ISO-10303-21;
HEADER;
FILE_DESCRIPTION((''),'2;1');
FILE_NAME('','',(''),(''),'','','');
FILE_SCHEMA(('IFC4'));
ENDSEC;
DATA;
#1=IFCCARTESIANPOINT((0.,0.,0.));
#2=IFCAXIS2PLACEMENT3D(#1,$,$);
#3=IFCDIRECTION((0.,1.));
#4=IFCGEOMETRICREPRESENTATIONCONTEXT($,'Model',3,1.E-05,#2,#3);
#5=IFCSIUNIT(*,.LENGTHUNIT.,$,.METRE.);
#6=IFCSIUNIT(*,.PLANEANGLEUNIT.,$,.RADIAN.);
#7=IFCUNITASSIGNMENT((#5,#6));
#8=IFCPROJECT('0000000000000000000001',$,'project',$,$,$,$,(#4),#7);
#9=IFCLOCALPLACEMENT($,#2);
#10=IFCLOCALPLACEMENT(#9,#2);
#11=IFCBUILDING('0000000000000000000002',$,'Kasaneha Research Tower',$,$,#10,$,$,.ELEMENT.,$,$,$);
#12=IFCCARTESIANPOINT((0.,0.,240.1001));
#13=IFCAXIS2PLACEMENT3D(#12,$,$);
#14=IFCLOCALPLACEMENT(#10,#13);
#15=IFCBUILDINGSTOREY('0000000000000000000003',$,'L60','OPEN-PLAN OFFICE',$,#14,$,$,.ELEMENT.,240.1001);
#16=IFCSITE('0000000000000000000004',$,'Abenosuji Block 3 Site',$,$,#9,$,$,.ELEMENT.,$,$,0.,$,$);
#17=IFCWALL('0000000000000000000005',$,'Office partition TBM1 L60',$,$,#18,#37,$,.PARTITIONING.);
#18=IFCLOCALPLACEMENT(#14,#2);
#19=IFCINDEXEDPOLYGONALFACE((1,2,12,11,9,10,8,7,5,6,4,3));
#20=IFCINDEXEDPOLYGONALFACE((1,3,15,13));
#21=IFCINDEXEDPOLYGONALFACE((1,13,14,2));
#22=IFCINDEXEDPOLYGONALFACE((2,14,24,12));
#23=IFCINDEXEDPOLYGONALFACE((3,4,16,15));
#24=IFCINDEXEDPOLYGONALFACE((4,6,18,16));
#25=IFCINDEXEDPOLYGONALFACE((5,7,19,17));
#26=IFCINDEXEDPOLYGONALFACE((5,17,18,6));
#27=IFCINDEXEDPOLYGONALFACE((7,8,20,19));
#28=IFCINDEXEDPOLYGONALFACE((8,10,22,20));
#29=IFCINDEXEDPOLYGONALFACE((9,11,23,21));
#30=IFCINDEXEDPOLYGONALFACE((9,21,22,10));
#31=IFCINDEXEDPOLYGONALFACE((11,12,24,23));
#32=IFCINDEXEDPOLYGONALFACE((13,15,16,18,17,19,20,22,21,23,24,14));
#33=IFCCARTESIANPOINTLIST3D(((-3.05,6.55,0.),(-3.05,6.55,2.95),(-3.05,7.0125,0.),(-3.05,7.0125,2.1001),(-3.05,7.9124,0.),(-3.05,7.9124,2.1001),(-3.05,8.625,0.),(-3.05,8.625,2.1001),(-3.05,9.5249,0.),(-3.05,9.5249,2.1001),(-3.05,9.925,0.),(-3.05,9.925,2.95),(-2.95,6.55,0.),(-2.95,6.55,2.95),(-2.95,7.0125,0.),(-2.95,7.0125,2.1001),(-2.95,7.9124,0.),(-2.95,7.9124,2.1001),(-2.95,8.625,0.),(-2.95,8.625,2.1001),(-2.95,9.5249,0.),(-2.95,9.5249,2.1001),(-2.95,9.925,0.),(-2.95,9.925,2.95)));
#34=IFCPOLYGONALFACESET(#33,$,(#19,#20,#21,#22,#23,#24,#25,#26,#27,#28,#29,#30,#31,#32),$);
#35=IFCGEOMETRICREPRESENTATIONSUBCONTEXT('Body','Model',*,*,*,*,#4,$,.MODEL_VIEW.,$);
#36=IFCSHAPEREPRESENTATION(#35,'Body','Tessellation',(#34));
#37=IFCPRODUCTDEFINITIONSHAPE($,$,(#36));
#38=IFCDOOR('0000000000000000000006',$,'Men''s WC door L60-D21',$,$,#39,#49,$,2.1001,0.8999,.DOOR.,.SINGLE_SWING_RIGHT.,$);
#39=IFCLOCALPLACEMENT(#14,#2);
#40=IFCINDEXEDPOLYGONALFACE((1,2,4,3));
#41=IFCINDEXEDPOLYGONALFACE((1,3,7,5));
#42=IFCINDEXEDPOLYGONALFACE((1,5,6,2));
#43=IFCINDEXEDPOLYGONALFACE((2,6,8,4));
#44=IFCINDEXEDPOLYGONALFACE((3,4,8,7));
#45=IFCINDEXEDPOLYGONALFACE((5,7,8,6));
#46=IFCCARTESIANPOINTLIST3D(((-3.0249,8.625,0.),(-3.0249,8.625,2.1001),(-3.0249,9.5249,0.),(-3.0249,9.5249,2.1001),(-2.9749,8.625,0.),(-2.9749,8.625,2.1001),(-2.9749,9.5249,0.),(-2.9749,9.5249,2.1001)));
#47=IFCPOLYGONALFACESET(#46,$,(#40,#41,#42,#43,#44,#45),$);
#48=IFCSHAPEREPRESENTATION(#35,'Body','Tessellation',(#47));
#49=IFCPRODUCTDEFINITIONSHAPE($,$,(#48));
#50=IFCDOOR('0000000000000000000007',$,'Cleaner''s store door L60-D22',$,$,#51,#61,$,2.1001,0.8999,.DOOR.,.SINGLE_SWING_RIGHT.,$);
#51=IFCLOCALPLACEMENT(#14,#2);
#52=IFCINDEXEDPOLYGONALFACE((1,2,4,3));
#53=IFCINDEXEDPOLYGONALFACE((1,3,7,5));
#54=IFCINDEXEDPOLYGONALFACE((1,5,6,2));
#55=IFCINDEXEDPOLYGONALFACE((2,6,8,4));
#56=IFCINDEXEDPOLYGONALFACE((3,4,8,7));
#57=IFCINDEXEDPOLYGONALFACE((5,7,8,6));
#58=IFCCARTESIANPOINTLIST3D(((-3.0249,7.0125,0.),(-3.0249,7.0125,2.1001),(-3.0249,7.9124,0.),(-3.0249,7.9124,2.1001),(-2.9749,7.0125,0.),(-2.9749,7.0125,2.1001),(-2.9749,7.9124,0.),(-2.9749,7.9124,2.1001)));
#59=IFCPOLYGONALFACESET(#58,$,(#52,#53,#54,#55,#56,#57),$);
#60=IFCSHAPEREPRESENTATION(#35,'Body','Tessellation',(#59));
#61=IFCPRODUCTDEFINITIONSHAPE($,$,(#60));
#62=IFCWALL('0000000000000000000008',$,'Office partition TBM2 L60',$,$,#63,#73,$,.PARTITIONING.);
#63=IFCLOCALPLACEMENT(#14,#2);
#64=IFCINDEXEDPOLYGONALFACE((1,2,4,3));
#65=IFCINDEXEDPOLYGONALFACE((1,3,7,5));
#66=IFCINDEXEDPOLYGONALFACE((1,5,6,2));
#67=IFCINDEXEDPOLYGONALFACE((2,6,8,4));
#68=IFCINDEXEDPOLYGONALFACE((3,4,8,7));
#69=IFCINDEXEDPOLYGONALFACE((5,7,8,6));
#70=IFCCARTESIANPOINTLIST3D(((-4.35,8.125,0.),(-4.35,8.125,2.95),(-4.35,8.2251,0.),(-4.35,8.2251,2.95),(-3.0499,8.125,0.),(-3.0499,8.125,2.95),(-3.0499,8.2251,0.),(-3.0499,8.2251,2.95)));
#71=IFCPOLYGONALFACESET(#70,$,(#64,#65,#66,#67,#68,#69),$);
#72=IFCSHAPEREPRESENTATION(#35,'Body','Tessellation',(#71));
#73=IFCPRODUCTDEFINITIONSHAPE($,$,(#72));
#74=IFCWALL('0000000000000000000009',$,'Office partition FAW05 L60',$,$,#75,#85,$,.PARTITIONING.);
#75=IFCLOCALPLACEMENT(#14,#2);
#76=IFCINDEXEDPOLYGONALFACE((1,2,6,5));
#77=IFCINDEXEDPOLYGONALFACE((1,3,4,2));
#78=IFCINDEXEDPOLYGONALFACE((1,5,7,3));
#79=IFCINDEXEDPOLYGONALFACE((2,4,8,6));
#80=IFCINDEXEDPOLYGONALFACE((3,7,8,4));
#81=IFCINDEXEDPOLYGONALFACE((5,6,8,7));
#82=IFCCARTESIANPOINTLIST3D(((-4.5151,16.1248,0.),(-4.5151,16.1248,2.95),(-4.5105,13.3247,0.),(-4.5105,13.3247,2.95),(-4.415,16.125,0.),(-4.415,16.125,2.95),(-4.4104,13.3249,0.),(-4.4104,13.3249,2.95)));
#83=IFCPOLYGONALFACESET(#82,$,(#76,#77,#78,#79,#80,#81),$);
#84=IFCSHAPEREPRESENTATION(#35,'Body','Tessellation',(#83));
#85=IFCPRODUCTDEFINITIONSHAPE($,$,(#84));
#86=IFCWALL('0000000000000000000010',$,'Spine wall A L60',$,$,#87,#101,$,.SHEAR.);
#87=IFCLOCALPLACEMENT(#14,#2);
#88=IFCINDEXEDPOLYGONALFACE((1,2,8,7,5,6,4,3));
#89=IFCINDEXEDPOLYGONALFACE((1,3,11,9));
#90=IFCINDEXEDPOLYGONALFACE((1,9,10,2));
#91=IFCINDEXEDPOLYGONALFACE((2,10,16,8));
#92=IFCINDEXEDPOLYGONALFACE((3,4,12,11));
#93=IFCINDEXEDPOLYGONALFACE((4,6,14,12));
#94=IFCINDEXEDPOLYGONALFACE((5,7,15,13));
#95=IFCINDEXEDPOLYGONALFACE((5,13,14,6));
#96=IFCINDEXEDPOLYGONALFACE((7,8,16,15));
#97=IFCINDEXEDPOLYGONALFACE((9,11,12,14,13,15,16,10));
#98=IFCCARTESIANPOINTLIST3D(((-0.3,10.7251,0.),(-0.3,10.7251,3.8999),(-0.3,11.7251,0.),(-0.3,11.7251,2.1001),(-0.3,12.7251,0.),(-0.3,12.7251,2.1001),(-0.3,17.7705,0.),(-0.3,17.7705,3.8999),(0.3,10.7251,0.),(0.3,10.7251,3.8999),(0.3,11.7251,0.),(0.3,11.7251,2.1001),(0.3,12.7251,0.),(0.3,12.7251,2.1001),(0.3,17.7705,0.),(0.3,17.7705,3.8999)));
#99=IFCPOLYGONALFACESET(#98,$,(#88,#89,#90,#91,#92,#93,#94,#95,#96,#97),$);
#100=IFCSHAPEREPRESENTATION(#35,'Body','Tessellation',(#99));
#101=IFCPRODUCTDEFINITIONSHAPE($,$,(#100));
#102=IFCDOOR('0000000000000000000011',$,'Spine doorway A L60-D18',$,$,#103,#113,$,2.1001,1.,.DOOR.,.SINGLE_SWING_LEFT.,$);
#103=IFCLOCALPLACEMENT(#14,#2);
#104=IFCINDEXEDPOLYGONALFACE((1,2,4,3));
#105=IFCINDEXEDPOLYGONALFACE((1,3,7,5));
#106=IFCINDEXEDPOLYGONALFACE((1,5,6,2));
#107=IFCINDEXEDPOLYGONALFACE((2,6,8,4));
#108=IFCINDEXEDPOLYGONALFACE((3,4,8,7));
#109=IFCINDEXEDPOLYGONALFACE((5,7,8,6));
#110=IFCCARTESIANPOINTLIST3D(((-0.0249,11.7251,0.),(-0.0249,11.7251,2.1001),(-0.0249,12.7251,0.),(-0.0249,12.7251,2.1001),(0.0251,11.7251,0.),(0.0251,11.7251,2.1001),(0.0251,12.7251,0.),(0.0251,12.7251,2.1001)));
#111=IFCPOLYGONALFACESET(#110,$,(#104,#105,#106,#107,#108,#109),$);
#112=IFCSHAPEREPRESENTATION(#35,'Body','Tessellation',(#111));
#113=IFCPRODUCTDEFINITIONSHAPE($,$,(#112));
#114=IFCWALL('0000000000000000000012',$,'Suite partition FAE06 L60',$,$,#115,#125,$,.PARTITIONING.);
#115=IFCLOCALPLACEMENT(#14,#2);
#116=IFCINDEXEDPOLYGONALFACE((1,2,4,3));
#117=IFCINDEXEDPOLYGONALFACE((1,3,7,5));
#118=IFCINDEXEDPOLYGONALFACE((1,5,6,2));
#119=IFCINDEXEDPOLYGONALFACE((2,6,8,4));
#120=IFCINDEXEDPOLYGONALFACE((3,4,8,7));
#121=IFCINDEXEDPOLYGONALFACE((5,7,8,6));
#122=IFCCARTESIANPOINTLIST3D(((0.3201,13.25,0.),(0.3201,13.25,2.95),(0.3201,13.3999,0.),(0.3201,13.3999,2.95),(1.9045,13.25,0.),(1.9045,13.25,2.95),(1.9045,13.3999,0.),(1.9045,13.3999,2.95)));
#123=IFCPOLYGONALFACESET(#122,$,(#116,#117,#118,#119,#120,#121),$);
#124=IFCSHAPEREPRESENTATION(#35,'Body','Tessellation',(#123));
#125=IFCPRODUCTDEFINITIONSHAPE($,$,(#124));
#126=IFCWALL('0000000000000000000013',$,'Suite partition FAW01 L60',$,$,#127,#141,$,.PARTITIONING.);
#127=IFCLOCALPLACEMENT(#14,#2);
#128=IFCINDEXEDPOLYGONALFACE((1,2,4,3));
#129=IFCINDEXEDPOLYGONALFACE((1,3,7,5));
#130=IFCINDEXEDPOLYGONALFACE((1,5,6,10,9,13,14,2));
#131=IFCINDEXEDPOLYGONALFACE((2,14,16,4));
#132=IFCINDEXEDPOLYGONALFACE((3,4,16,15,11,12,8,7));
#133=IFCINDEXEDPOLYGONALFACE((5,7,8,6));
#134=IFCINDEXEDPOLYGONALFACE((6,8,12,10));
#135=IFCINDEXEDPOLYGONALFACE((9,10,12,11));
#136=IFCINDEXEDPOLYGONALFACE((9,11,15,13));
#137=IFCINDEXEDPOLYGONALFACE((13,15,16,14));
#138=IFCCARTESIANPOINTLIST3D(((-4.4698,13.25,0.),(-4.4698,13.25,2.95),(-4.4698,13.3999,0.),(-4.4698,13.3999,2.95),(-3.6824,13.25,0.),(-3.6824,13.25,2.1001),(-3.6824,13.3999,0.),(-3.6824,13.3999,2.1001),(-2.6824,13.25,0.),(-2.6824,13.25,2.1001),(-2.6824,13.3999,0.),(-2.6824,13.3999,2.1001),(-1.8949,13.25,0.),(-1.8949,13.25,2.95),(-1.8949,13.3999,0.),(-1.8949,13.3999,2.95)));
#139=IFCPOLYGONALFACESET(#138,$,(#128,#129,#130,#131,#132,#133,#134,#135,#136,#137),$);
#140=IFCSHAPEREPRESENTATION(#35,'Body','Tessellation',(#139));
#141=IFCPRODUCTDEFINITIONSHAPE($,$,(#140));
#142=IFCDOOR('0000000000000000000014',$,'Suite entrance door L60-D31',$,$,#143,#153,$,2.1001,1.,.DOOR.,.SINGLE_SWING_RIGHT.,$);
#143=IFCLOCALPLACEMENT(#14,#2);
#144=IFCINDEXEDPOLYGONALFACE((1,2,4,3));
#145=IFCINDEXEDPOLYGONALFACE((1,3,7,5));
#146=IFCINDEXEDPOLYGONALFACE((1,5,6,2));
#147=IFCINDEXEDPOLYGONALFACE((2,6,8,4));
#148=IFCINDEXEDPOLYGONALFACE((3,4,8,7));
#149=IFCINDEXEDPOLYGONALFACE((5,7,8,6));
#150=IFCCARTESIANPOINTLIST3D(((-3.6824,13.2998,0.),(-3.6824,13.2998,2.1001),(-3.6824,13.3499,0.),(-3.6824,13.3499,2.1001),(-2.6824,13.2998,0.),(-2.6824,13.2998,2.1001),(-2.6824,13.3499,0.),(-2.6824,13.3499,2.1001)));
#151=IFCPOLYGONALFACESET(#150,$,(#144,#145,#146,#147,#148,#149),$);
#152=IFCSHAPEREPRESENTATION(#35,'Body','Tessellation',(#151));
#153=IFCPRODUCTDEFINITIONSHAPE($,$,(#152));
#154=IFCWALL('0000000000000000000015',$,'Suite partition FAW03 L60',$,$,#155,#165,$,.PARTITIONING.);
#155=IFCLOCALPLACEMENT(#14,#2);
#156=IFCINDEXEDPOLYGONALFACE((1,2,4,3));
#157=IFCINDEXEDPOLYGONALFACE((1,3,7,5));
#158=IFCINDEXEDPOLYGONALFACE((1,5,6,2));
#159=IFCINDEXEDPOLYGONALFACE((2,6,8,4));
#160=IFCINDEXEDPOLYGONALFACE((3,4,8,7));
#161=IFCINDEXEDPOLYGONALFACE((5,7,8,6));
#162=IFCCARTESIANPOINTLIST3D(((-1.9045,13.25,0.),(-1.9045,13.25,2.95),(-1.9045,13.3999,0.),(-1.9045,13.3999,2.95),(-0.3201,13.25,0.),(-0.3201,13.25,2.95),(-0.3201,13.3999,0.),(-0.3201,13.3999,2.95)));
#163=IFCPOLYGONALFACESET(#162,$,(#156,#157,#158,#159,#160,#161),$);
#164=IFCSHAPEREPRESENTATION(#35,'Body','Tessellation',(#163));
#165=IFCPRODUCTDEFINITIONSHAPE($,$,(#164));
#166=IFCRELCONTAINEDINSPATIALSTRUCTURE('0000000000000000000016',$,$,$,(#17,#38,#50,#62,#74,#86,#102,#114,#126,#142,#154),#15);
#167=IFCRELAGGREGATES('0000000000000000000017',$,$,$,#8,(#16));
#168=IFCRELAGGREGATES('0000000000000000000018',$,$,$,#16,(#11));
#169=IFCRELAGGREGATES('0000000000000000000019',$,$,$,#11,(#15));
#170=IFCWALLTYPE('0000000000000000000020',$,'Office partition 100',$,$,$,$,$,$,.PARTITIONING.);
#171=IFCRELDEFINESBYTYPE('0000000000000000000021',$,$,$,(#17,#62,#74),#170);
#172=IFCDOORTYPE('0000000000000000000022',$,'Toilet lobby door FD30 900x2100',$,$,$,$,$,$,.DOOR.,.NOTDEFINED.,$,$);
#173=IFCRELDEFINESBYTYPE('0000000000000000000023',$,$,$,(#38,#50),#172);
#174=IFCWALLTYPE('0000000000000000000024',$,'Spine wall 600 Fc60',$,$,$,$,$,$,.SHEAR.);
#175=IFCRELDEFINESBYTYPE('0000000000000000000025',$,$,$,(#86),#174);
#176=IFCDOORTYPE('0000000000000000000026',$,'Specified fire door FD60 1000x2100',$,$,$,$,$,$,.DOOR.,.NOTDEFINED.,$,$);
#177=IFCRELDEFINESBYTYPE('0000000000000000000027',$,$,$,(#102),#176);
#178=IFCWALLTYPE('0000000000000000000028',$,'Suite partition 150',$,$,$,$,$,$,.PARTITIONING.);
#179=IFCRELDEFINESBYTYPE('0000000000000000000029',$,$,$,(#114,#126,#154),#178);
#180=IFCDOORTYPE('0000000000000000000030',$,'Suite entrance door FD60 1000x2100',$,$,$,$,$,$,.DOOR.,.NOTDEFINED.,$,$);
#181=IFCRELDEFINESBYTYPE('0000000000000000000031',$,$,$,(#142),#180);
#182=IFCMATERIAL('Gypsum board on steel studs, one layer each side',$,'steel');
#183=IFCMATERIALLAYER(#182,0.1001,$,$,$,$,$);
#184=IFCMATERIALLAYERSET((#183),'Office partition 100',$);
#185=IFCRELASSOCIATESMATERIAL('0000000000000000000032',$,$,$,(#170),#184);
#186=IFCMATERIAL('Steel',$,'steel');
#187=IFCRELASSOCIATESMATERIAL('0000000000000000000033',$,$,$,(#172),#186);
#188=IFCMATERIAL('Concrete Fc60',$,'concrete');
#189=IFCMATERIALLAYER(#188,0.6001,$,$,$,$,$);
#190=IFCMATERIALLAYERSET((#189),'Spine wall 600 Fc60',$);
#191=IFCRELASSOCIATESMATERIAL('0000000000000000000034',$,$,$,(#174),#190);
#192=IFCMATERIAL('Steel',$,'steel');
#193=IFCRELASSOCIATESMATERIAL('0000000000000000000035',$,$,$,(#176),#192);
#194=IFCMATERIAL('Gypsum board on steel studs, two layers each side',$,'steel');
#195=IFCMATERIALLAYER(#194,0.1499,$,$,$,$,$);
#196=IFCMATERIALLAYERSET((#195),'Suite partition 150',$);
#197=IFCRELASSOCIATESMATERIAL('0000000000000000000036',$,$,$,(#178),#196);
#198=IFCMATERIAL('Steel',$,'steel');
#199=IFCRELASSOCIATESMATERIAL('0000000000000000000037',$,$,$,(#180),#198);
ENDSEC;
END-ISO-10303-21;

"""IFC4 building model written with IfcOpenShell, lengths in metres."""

from ifc_helpers import new_model, si_unit, direction, frame, frame_2d, origin, place, context, subcontext, project, spatial, rectangle, extrude, material, layer, layer_set, type_object, element, fill, save


model = new_model("IFC4")

# Units and contexts
model_context = context("Model", 3, precision=1e-05, world=origin(), true_north=direction((0.0, 1.0)))
body_context = subcontext(model_context, "Body", "Model", "MODEL_VIEW")
ifc_project = project(units=[si_unit("LENGTHUNIT", "METRE"), si_unit("PLANEANGLEUNIT", "RADIAN")], contexts=[model_context])

# Site, building, storey
site_placement = place(None, origin())
site = spatial("IfcSite", under=ifc_project, at=site_placement, Name="Abenosuji Block 3 Site", CompositionType="ELEMENT", RefElevation=0.0)
building_placement = place(site_placement, origin())
building = spatial("IfcBuilding", under=site, at=building_placement, Name="Kasaneha Research Tower", CompositionType="ELEMENT")
storey_placement = place(building_placement, frame((0.0, 0.0, 240.1001)))
storey = spatial("IfcBuildingStorey", under=building, at=storey_placement, Name="L60", Description="OPEN-PLAN OFFICE", CompositionType="ELEMENT", Elevation=240.1001)

# Wall, openings, doors
ifc_material_1 = material(Name="Gypsum board on steel studs, one layer each side", Category="steel")
ifc_layer_1 = layer(ifc_material_1, 0.1001)
ifc_layer_set_1 = layer_set([ifc_layer_1], Name="Office partition 100")
wall_type_1 = type_object("IfcWallType", Name="Office partition 100", PredefinedType="PARTITIONING", material=ifc_layer_set_1)
wall_1_placement = place(storey_placement, frame((-3.0, 6.55, 0.0), z_axis=(0.0, 0.0, 1.0), x_axis=(0.0, 1.0, 0.0)))
wall_1 = element("IfcWall", 1, at=wall_1_placement, inside=storey, type_object=wall_type_1, Name="Office partition TBM1 L60", PredefinedType="PARTITIONING", context=body_context, shape_type="SweptSolid", body=[
    extrude(rectangle(XDim=3.375, YDim=0.1001, at=frame_2d((1.6875, 0.0))), origin(), (0.0, 0.0, 1.0), 2.95),
])
opening_1_placement = place(wall_1_placement, frame((2.075, 0.0, 0.0)))
opening_1 = element("IfcOpeningElement", 2, at=opening_1_placement, cuts=wall_1, PredefinedType="OPENING", context=body_context, shape_type="SweptSolid", body=[
    extrude(rectangle(XDim=0.8999, YDim=2.1001, at=frame_2d((0.45, 1.05))), frame((0.0, 0.0601, 0.0), z_axis=(0.0, -1.0, 0.0), x_axis=(1.0, 0.0, 0.0)), (0.0, 0.0, 1.0), 0.1201),
])
opening_2_placement = place(wall_1_placement, frame((0.4624, 0.0, 0.0)))
opening_2 = element("IfcOpeningElement", 3, at=opening_2_placement, cuts=wall_1, PredefinedType="OPENING", context=body_context, shape_type="SweptSolid", body=[
    extrude(rectangle(XDim=0.8999, YDim=2.1001, at=frame_2d((0.45, 1.05))), frame((0.0, 0.0601, 0.0), z_axis=(0.0, -1.0, 0.0), x_axis=(1.0, 0.0, 0.0)), (0.0, 0.0, 1.0), 0.1201),
])
ifc_material_2 = material(Name="Steel", Category="steel")
door_type_1 = type_object("IfcDoorType", Name="Toilet lobby door FD30 900x2100", OperationType="NOTDEFINED", PredefinedType="DOOR", material=ifc_material_2)
door_1_placement = place(opening_1_placement, origin())
door_1 = element("IfcDoor", 4, at=door_1_placement, inside=storey, type_object=door_type_1, Name="Men's WC door L60-D21", OperationType="SINGLE_SWING_RIGHT", OverallHeight=2.1001, OverallWidth=0.8999, PredefinedType="DOOR", context=body_context, shape_type="SweptSolid", body=[
    extrude(rectangle(XDim=0.8999, YDim=2.1001, at=frame_2d((0.45, 1.05))), frame((0.0, 0.0249, 0.0), z_axis=(0.0, -1.0, 0.0), x_axis=(1.0, 0.0, 0.0)), (0.0, 0.0, 1.0), 0.05),
])
fill(opening_1, door_1)
door_2_placement = place(opening_2_placement, origin())
door_2 = element("IfcDoor", 5, at=door_2_placement, inside=storey, type_object=door_type_1, Name="Cleaner's store door L60-D22", OperationType="SINGLE_SWING_RIGHT", OverallHeight=2.1001, OverallWidth=0.8999, PredefinedType="DOOR", context=body_context, shape_type="SweptSolid", body=[
    extrude(rectangle(XDim=0.8999, YDim=2.1001, at=frame_2d((0.45, 1.05))), frame((0.0, 0.0249, 0.0), z_axis=(0.0, -1.0, 0.0), x_axis=(1.0, 0.0, 0.0)), (0.0, 0.0, 1.0), 0.05),
])
fill(opening_2, door_2)

# Walls
wall_2_placement = place(storey_placement, frame((-3.05, 8.175, 0.0), z_axis=(0.0, 0.0, 1.0), x_axis=(-1.0, 0.0, 0.0)))
element("IfcWall", 6, at=wall_2_placement, inside=storey, type_object=wall_type_1, Name="Office partition TBM2 L60", PredefinedType="PARTITIONING", context=body_context, shape_type="SweptSolid", body=[
    extrude(rectangle(XDim=1.3, YDim=0.1001, at=frame_2d((0.6499, 0.0))), origin(), (0.0, 0.0, 1.0), 2.95),
])
wall_3_placement = place(storey_placement, frame((-4.4604, 13.325, 0.0), z_axis=(0.0, 0.0, 1.0), x_axis=(-0.001657, 0.999999, 0.0)))
element("IfcWall", 7, at=wall_3_placement, inside=storey, type_object=wall_type_1, Name="Office partition FAW05 L60", PredefinedType="PARTITIONING", context=body_context, shape_type="SweptSolid", body=[
    extrude(rectangle(XDim=2.8, YDim=0.1001, at=frame_2d((1.3999, 0.0))), origin(), (0.0, 0.0, 1.0), 2.95),
])

# Wall, opening, door
ifc_material_3 = material(Name="Concrete Fc60", Category="concrete")
ifc_layer_2 = layer(ifc_material_3, 0.6001)
ifc_layer_set_2 = layer_set([ifc_layer_2], Name="Spine wall 600 Fc60")
wall_type_2 = type_object("IfcWallType", Name="Spine wall 600 Fc60", PredefinedType="SHEAR", material=ifc_layer_set_2)
wall_4_placement = place(storey_placement, frame((0.0, 10.7251, 0.0), z_axis=(0.0, 0.0, 1.0), x_axis=(0.0, 1.0, 0.0)))
wall_4 = element("IfcWall", 8, at=wall_4_placement, inside=storey, type_object=wall_type_2, Name="Spine wall A L60", PredefinedType="SHEAR", context=body_context, shape_type="SweptSolid", body=[
    extrude(rectangle(XDim=7.0454, YDim=0.6001, at=frame_2d((3.5227, 0.0))), origin(), (0.0, 0.0, 1.0), 3.8999),
])
opening_3_placement = place(wall_4_placement, frame((1.0, 0.0, 0.0)))
opening_3 = element("IfcOpeningElement", 9, at=opening_3_placement, cuts=wall_4, PredefinedType="OPENING", context=body_context, shape_type="SweptSolid", body=[
    extrude(rectangle(XDim=1.0, YDim=2.1001, at=frame_2d((0.5, 1.05))), frame((0.0, 0.3101, 0.0), z_axis=(0.0, -1.0, 0.0), x_axis=(1.0, 0.0, 0.0)), (0.0, 0.0, 1.0), 0.6201),
])
ifc_material_4 = material(Name="Steel", Category="steel")
door_type_2 = type_object("IfcDoorType", Name="Specified fire door FD60 1000x2100", OperationType="NOTDEFINED", PredefinedType="DOOR", material=ifc_material_4)
door_3_placement = place(opening_3_placement, origin())
door_3 = element("IfcDoor", 10, at=door_3_placement, inside=storey, type_object=door_type_2, Name="Spine doorway A L60-D18", OperationType="SINGLE_SWING_LEFT", OverallHeight=2.1001, OverallWidth=1.0, PredefinedType="DOOR", context=body_context, shape_type="SweptSolid", body=[
    extrude(rectangle(XDim=1.0, YDim=2.1001, at=frame_2d((0.5, 1.05))), frame((0.0, 0.0249, 0.0), z_axis=(0.0, -1.0, 0.0), x_axis=(1.0, 0.0, 0.0)), (0.0, 0.0, 1.0), 0.05),
])
fill(opening_3, door_3)

# Wall
ifc_material_5 = material(Name="Gypsum board on steel studs, two layers each side", Category="steel")
ifc_layer_3 = layer(ifc_material_5, 0.1499)
ifc_layer_set_3 = layer_set([ifc_layer_3], Name="Suite partition 150")
wall_type_3 = type_object("IfcWallType", Name="Suite partition 150", PredefinedType="PARTITIONING", material=ifc_layer_set_3)
wall_5_placement = place(storey_placement, frame((0.3201, 13.325, 0.0), z_axis=(0.0, 0.0, 1.0), x_axis=(1.0, 0.0, 0.0)))
element("IfcWall", 11, at=wall_5_placement, inside=storey, type_object=wall_type_3, Name="Suite partition FAE06 L60", PredefinedType="PARTITIONING", context=body_context, shape_type="SweptSolid", body=[
    extrude(rectangle(XDim=1.5845, YDim=0.1499, at=frame_2d((0.7922, 0.0))), origin(), (0.0, 0.0, 1.0), 2.95),
])

# Wall, opening, door
wall_6_placement = place(storey_placement, frame((-4.47, 13.325, 0.0), z_axis=(0.0, 0.0, 1.0), x_axis=(1.0, 0.0, 0.0)))
wall_6 = element("IfcWall", 12, at=wall_6_placement, inside=storey, type_object=wall_type_3, Name="Suite partition FAW01 L60", PredefinedType="PARTITIONING", context=body_context, shape_type="SweptSolid", body=[
    extrude(rectangle(XDim=2.575, YDim=0.1499, at=frame_2d((1.2876, 0.0))), origin(), (0.0, 0.0, 1.0), 2.95),
])
opening_4_placement = place(wall_6_placement, frame((0.7876, 0.0, 0.0)))
opening_4 = element("IfcOpeningElement", 13, at=opening_4_placement, cuts=wall_6, PredefinedType="OPENING", context=body_context, shape_type="SweptSolid", body=[
    extrude(rectangle(XDim=1.0, YDim=2.1001, at=frame_2d((0.5, 1.05))), frame((0.0, 0.085, 0.0), z_axis=(0.0, -1.0, 0.0), x_axis=(1.0, 0.0, 0.0)), (0.0, 0.0, 1.0), 0.1699),
])
ifc_material_6 = material(Name="Steel", Category="steel")
door_type_3 = type_object("IfcDoorType", Name="Suite entrance door FD60 1000x2100", OperationType="NOTDEFINED", PredefinedType="DOOR", material=ifc_material_6)
door_4_placement = place(opening_4_placement, origin())
door_4 = element("IfcDoor", 14, at=door_4_placement, inside=storey, type_object=door_type_3, Name="Suite entrance door L60-D31", OperationType="SINGLE_SWING_RIGHT", OverallHeight=2.1001, OverallWidth=1.0, PredefinedType="DOOR", context=body_context, shape_type="SweptSolid", body=[
    extrude(rectangle(XDim=1.0, YDim=2.1001, at=frame_2d((0.5, 1.05))), frame((0.0, 0.0249, 0.0), z_axis=(0.0, -1.0, 0.0), x_axis=(1.0, 0.0, 0.0)), (0.0, 0.0, 1.0), 0.05),
])
fill(opening_4, door_4)

# Wall
wall_7_placement = place(storey_placement, frame((-1.9045, 13.325, 0.0), z_axis=(0.0, 0.0, 1.0), x_axis=(1.0, 0.0, 0.0)))
element("IfcWall", 15, at=wall_7_placement, inside=storey, type_object=wall_type_3, Name="Suite partition FAW03 L60", PredefinedType="PARTITIONING", context=body_context, shape_type="SweptSolid", body=[
    extrude(rectangle(XDim=1.5845, YDim=0.1499, at=frame_2d((0.7922, 0.0))), origin(), (0.0, 0.0, 1.0), 2.95),
])

save(model, "model.ifc")
